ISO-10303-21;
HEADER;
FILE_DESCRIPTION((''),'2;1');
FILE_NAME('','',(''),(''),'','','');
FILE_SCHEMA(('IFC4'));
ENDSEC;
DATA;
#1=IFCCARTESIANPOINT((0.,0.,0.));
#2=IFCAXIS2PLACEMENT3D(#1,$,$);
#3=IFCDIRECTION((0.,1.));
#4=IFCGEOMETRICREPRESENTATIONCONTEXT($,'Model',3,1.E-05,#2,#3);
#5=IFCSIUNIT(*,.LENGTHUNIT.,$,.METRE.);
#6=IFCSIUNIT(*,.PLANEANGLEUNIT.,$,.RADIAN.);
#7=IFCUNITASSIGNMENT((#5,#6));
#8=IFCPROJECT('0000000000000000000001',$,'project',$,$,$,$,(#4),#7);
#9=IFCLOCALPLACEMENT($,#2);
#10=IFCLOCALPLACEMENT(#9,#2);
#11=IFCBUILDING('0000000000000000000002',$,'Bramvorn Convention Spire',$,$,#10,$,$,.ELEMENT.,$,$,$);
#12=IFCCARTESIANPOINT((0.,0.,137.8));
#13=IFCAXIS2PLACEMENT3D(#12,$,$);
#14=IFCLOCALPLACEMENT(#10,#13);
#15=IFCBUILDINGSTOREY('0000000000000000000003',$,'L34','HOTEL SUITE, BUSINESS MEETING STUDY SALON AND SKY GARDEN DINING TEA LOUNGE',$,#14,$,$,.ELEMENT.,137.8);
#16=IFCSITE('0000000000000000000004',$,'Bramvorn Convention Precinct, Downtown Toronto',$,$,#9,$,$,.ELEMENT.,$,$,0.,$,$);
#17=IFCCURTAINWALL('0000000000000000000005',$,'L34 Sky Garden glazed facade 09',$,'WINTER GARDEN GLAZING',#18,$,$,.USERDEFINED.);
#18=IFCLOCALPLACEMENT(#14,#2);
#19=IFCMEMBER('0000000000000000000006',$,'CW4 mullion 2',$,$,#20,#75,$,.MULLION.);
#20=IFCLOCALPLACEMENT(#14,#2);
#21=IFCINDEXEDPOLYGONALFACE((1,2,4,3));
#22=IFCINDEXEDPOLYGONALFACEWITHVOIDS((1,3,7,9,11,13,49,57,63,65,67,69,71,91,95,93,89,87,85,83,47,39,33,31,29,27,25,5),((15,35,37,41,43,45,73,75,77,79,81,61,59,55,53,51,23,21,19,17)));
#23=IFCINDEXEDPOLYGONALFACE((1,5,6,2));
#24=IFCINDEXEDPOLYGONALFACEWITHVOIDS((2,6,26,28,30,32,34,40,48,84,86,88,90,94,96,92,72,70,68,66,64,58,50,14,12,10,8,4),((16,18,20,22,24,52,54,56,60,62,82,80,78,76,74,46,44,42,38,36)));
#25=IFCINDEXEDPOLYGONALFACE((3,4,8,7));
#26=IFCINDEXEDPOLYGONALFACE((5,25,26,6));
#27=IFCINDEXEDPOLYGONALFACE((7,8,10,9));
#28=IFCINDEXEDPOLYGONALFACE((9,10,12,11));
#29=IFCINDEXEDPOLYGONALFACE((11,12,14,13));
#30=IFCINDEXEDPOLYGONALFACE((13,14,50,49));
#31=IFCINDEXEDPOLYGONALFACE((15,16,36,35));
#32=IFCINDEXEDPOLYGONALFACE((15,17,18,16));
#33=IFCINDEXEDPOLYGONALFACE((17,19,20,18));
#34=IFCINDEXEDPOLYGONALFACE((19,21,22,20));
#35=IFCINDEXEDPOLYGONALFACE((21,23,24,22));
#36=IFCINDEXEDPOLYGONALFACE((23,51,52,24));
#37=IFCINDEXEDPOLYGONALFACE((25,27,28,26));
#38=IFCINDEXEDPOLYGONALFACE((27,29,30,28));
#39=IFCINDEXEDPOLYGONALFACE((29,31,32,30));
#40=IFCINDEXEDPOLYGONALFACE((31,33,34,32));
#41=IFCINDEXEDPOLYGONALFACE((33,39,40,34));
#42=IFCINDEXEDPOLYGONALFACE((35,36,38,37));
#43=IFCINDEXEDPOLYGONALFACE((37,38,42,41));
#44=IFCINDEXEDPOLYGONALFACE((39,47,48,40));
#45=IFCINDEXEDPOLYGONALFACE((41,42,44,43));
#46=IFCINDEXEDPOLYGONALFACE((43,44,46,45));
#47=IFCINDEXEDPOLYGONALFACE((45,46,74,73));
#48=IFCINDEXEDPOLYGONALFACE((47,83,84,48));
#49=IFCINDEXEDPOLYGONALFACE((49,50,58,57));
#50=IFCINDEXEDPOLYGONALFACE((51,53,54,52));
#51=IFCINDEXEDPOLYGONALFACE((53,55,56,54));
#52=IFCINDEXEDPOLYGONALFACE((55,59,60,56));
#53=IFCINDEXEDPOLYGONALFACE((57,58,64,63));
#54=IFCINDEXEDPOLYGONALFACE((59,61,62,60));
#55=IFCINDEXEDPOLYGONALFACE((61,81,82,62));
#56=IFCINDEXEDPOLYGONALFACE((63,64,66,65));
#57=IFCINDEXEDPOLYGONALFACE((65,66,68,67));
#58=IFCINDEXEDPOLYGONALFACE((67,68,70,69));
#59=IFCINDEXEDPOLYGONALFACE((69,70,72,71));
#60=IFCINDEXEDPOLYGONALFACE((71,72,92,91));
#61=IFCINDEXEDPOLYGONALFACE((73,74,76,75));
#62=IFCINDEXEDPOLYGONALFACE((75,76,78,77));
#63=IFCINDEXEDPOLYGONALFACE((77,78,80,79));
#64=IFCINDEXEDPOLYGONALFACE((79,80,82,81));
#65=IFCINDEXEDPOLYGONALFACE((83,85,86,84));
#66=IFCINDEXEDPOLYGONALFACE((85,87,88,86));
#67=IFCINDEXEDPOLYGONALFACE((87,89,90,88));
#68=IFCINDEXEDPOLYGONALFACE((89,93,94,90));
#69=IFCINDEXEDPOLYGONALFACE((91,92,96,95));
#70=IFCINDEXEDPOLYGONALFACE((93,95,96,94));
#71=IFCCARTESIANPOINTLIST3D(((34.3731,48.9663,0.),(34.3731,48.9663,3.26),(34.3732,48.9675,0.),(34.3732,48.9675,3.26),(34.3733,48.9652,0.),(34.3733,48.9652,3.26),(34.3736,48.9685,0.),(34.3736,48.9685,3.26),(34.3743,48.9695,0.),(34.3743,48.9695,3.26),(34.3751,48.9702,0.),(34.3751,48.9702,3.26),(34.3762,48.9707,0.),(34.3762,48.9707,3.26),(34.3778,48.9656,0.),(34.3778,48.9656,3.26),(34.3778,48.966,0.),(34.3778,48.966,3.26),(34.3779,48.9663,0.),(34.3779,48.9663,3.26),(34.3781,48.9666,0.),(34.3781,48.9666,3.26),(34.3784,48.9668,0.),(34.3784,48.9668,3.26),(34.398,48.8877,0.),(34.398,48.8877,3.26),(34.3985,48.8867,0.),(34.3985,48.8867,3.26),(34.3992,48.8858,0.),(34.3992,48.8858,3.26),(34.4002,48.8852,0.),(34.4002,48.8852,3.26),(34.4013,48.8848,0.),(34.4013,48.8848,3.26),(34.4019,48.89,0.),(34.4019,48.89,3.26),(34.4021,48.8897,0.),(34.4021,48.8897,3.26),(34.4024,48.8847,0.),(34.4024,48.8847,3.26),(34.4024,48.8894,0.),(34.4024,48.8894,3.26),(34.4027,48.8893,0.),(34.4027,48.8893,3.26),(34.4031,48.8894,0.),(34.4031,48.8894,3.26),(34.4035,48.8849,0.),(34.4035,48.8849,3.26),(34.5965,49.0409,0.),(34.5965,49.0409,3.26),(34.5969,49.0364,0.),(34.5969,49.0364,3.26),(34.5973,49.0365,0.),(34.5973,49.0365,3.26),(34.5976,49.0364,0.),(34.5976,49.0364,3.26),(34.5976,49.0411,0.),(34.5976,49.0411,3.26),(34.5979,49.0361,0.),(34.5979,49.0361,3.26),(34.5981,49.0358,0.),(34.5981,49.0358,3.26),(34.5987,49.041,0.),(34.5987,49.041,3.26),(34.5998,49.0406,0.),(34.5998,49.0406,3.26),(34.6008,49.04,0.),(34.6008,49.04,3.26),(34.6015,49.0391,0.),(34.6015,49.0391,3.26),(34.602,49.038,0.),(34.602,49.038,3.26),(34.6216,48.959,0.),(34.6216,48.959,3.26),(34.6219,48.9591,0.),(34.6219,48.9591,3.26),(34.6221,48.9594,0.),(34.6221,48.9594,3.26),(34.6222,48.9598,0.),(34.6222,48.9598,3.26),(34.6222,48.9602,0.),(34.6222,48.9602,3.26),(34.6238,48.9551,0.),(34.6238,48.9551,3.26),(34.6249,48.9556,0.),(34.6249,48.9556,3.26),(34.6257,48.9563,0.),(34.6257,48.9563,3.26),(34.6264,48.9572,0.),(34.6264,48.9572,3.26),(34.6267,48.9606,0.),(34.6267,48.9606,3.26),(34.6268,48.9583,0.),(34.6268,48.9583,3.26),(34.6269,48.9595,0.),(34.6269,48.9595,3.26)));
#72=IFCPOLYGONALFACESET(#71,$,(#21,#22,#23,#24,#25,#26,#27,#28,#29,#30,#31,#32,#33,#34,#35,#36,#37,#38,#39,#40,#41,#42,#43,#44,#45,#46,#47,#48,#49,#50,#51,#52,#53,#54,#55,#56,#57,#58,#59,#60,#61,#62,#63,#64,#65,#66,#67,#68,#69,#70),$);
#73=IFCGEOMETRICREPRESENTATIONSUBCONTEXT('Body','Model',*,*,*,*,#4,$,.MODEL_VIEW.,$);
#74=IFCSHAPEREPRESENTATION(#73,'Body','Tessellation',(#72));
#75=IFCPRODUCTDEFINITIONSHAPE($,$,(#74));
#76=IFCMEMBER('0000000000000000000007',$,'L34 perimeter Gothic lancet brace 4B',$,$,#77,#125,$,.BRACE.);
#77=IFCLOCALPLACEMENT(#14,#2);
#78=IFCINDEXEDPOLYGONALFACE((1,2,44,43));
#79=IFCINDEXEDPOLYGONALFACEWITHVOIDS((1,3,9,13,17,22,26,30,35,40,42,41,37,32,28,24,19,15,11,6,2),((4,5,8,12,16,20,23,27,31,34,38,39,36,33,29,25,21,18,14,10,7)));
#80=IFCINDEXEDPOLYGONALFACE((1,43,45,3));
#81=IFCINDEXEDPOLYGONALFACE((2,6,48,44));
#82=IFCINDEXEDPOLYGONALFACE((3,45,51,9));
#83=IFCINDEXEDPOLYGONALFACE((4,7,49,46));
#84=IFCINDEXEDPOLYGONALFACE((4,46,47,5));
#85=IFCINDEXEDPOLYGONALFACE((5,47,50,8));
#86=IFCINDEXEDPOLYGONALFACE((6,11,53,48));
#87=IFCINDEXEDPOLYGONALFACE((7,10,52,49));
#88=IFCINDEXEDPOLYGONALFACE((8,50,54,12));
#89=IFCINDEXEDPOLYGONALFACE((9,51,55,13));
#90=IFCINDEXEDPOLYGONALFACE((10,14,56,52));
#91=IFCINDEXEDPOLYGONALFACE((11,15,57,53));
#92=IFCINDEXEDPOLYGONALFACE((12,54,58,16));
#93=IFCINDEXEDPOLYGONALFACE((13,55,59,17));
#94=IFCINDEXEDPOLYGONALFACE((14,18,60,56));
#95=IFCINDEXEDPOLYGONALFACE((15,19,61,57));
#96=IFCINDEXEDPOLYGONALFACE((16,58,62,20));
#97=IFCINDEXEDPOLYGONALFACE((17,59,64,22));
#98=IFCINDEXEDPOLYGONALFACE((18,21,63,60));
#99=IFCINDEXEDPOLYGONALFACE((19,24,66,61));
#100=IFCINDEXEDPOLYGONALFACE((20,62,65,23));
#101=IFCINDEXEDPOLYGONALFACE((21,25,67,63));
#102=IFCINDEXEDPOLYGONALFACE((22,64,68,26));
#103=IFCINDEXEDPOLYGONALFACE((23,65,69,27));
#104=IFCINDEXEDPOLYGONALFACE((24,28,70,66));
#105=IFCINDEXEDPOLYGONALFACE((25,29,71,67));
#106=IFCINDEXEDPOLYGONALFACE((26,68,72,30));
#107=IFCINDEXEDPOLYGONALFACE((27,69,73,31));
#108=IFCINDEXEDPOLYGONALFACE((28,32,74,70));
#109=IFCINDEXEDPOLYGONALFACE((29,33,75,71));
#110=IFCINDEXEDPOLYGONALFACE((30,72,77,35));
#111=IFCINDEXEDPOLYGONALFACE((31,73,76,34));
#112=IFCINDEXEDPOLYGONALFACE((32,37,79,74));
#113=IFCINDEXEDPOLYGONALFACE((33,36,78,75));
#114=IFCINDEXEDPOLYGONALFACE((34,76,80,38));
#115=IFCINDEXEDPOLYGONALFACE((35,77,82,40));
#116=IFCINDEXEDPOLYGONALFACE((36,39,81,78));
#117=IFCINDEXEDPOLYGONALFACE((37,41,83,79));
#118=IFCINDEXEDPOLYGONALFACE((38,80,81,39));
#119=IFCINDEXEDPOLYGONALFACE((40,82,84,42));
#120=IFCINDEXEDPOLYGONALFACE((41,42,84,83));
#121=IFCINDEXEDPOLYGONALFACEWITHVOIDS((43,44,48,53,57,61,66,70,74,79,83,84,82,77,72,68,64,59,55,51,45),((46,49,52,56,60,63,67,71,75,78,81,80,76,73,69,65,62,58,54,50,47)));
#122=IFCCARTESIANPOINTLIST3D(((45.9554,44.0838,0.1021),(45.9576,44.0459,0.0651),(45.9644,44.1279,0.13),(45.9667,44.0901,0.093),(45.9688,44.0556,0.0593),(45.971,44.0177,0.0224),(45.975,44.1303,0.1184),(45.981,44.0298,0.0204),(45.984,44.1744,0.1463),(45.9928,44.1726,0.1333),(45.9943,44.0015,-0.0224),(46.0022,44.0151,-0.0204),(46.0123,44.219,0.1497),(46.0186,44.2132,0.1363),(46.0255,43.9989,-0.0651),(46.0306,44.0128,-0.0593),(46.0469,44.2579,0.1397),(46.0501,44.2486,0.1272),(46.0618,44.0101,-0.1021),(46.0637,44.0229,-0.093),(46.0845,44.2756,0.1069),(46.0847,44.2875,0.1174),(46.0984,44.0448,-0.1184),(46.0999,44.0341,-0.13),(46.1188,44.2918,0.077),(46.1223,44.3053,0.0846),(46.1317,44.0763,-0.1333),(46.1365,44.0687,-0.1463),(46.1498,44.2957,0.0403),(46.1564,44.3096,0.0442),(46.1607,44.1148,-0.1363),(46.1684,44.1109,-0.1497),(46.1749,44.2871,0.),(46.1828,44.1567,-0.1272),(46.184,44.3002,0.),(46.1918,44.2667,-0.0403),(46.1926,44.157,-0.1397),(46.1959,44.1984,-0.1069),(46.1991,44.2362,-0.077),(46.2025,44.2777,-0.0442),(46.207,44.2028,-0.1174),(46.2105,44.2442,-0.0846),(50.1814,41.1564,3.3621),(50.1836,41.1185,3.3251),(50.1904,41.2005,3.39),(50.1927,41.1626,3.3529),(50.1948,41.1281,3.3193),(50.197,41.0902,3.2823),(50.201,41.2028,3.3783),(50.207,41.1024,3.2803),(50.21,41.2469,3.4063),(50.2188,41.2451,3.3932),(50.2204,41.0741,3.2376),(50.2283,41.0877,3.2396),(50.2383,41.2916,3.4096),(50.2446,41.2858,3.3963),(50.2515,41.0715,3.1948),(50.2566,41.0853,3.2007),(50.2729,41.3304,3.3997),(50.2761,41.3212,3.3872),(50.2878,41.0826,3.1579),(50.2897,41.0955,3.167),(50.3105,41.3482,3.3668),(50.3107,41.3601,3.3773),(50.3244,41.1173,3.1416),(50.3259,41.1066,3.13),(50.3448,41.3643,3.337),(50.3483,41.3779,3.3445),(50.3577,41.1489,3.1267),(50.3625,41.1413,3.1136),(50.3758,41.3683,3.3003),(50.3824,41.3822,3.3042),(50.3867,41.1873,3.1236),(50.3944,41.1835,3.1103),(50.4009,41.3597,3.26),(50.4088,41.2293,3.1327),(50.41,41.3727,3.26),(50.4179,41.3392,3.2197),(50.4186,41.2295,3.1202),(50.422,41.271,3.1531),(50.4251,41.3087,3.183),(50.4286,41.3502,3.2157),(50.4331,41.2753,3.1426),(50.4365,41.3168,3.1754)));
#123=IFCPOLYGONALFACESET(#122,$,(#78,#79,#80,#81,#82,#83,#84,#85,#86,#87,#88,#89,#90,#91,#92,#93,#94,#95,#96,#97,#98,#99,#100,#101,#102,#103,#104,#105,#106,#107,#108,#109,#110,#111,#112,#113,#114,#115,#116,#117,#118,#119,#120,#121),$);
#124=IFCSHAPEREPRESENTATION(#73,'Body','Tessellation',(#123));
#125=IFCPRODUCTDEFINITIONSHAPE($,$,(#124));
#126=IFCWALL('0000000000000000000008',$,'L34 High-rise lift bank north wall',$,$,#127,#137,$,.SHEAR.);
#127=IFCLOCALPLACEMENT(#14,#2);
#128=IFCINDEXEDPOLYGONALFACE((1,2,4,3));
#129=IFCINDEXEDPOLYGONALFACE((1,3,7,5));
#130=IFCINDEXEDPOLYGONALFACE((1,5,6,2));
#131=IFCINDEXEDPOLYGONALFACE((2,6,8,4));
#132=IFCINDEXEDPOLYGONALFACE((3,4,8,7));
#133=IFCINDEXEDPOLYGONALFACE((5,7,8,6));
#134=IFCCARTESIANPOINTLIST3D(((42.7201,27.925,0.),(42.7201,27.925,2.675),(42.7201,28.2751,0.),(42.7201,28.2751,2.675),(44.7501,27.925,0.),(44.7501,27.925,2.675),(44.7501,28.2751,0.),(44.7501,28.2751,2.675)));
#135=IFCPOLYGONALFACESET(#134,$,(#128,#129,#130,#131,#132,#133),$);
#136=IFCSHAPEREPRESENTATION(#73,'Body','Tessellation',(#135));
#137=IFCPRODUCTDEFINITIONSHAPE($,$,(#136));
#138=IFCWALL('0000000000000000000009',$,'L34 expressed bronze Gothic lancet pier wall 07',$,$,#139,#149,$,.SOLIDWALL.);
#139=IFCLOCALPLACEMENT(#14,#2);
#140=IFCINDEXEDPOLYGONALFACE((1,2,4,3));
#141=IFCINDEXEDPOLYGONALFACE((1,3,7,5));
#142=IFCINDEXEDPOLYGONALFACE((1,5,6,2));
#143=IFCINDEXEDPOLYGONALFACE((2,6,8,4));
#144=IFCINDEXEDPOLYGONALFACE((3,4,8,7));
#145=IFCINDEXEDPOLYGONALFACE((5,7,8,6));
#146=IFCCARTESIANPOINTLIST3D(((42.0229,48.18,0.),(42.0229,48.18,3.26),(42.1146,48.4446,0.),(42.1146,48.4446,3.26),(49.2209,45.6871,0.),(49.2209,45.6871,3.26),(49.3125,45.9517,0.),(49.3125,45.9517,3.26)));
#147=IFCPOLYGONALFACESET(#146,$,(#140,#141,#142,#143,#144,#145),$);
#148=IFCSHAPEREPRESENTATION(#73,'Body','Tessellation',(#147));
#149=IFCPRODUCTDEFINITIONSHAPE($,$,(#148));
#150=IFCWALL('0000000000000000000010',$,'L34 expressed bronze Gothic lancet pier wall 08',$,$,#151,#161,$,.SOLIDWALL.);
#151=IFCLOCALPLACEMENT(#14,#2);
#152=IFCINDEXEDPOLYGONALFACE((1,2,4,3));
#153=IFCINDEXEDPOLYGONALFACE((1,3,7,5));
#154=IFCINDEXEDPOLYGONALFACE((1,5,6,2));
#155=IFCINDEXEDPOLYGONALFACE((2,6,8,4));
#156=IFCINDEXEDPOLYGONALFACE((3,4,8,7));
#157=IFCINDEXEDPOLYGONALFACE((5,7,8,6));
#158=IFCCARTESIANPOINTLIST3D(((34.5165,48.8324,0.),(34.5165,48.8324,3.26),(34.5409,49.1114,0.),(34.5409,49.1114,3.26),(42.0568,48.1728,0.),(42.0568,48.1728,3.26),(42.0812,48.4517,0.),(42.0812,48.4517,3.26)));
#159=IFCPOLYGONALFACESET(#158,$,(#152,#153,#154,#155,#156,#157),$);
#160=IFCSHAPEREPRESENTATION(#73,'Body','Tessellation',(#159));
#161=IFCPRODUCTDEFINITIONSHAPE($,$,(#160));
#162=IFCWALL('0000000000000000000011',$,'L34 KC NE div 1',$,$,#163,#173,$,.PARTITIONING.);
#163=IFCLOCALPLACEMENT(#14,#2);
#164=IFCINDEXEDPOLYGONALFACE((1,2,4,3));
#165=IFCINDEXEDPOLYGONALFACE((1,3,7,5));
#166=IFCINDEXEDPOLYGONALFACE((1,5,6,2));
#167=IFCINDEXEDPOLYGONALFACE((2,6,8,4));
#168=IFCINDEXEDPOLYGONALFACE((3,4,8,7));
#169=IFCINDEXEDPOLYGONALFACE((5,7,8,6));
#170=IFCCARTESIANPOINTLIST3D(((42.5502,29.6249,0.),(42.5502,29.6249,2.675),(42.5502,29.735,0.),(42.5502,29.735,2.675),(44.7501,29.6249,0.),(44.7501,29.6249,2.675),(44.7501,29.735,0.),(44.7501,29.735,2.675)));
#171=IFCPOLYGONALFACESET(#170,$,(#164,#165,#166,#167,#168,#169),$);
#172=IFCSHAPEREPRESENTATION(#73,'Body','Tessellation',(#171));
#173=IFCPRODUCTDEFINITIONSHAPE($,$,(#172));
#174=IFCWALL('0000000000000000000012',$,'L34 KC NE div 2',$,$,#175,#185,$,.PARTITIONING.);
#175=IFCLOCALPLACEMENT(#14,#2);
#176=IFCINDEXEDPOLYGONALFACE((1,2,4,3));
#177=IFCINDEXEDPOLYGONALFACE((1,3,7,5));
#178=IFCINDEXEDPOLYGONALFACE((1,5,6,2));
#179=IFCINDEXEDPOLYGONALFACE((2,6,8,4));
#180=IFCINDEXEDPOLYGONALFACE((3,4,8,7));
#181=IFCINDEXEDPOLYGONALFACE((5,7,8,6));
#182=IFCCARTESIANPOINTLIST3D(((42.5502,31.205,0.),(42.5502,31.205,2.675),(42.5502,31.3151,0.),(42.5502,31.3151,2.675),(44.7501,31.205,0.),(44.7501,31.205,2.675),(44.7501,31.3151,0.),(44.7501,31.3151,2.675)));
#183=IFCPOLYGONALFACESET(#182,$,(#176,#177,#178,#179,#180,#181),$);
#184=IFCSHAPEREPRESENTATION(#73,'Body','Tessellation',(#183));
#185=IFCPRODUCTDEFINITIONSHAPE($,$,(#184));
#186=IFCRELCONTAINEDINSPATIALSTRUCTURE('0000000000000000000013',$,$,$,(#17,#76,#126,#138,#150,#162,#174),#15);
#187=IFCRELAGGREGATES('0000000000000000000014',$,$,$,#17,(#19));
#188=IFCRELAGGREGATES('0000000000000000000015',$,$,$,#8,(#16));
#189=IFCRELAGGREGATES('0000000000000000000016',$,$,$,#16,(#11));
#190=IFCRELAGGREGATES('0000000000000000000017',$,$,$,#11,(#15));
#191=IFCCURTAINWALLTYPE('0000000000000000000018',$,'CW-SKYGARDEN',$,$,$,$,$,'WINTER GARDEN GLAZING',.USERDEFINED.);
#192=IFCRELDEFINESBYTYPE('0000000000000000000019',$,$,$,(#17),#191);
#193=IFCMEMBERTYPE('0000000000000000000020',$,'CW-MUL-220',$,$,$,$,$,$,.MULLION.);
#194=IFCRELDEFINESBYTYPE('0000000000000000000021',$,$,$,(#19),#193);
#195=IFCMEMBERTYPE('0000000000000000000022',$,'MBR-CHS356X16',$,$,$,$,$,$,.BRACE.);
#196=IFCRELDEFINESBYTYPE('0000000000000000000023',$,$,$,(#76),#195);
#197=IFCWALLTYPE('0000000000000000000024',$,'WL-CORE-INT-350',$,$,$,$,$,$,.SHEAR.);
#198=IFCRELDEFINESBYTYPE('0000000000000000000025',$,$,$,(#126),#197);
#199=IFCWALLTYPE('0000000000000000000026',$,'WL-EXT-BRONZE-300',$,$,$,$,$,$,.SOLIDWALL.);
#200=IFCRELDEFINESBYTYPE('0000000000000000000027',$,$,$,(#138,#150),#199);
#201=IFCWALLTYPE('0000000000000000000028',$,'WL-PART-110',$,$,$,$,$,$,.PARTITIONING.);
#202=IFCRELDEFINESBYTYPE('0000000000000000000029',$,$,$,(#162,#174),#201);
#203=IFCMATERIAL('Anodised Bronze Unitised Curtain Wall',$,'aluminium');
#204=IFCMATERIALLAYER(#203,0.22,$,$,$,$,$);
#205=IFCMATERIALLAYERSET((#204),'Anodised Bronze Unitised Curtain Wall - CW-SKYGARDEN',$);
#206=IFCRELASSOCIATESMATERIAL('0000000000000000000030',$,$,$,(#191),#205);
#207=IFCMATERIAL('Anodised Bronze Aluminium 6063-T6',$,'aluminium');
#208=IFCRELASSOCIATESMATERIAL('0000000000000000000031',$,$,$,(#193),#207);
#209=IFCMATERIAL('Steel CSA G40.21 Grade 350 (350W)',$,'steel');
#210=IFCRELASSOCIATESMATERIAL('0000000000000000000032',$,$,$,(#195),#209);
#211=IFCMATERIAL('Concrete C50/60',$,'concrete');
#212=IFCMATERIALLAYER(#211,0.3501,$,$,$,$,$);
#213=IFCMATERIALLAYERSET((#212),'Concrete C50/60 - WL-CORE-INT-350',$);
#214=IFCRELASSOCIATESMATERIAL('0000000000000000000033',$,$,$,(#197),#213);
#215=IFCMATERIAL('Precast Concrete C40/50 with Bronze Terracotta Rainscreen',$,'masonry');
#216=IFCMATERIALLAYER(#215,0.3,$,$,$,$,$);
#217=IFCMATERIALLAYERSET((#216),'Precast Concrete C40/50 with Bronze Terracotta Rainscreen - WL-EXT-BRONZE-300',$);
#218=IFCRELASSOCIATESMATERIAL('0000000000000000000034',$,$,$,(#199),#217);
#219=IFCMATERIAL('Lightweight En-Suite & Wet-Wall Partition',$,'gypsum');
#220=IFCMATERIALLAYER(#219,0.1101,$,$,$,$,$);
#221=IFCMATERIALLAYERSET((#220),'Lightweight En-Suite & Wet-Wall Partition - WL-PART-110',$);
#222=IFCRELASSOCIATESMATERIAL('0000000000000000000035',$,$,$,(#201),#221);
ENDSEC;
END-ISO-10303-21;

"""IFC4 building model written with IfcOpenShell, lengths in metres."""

from ifc_helpers import new_model, si_unit, direction, frame, frame_2d, origin, origin_2d, place, context, subcontext, project, spatial, rectangle, hollow_rectangle, hollow_circle, extrude, material, layer, layer_set, material_profile, profile_set, type_object, element, aggregate, save


model = new_model("IFC4")

# Units and contexts
model_context = context("Model", 3, precision=1e-05, world=origin(), true_north=direction((0.0, 1.0)))
body_context = subcontext(model_context, "Body", "Model", "MODEL_VIEW")
ifc_project = project(units=[si_unit("LENGTHUNIT", "METRE"), si_unit("PLANEANGLEUNIT", "RADIAN")], contexts=[model_context])

# Site, building, storey
site_placement = place(None, origin())
site = spatial("IfcSite", under=ifc_project, at=site_placement, Name="Bramvorn Convention Precinct, Downtown Toronto", CompositionType="ELEMENT", RefElevation=0.0)
building_placement = place(site_placement, origin())
building = spatial("IfcBuilding", under=site, at=building_placement, Name="Bramvorn Convention Spire", CompositionType="ELEMENT")
storey_placement = place(building_placement, frame((0.0, 0.0, 137.8)))
storey = spatial("IfcBuildingStorey", under=building, at=storey_placement, Name="L34", Description="HOTEL SUITE, BUSINESS MEETING STUDY SALON AND SKY GARDEN DINING TEA LOUNGE", CompositionType="ELEMENT", Elevation=137.8)

# Shared definitions
ifc_material_1 = material(Name="Steel CSA G40.21 Grade 350 (350W)", Category="steel")

# Curtain wall, member
ifc_material_2 = material(Name="Anodised Bronze Unitised Curtain Wall", Category="aluminium")
ifc_layer_1 = layer(ifc_material_2, 0.22)
ifc_layer_set_1 = layer_set([ifc_layer_1], Name="Anodised Bronze Unitised Curtain Wall - CW-SKYGARDEN")
curtain_wall_type = type_object("IfcCurtainWallType", Name="CW-SKYGARDEN", ElementType="WINTER GARDEN GLAZING", PredefinedType="USERDEFINED", material=ifc_layer_set_1)
curtain_wall_placement = place(storey_placement, origin())
curtain_wall = element("IfcCurtainWall", 1, at=curtain_wall_placement, inside=storey, type_object=curtain_wall_type, Name="L34 Sky Garden glazed facade 09", ObjectType="WINTER GARDEN GLAZING", PredefinedType="USERDEFINED")
ifc_material_3 = material(Name="Anodised Bronze Aluminium 6063-T6", Category="aluminium")
ifc_material_profile_1 = material_profile(ifc_material_3, hollow_rectangle(XDim=0.0901, YDim=0.24, WallThickness=0.0044, InnerFilletRadius=0.001, OuterFilletRadius=0.0044, at=origin_2d()))
ifc_profile_set_1 = profile_set([ifc_material_profile_1], Name="Anodised Bronze Aluminium 6063-T6 - CWM90X240")
member_type_1 = type_object("IfcMemberType", Name="CW-MUL-220", PredefinedType="MULLION", material=ifc_profile_set_1)
member_1_placement = place(storey_placement, frame((34.5, 48.9629, 0.0), z_axis=(0.0, 0.0, 1.0), x_axis=(-0.303573, 0.952808, 0.0)))
member_1 = element("IfcMember", 2, at=member_1_placement, type_object=member_type_1, Name="CW4 mullion 2", PredefinedType="MULLION", context=body_context, shape_type="SweptSolid", body=[
    extrude(hollow_rectangle(XDim=0.0901, YDim=0.24, WallThickness=0.0044, InnerFilletRadius=0.001, OuterFilletRadius=0.0044, at=origin_2d()), origin(), (0.0, 0.0, 1.0), 3.26),
])
aggregate(curtain_wall, [member_1])

# Member
ifc_material_profile_2 = material_profile(ifc_material_1, hollow_circle(Radius=0.1777, WallThickness=0.0159, at=origin_2d()))
ifc_profile_set_2 = profile_set([ifc_material_profile_2], Name="Steel CSA G40.21 Grade 350 (350W) - CHS356X16")
member_type_2 = type_object("IfcMemberType", Name="MBR-CHS356X16", PredefinedType="BRACE", material=ifc_profile_set_2)
member_2_placement = place(storey_placement, frame((46.0828, 44.1541, 0.0), z_axis=(0.694222, -0.480902, 0.535526), x_axis=(0.56944, 0.822033, 0.0)))
element("IfcMember", 3, at=member_2_placement, inside=storey, type_object=member_type_2, Name="L34 perimeter Gothic lancet brace 4B", PredefinedType="BRACE", context=body_context, shape_type="SweptSolid", body=[
    extrude(hollow_circle(Radius=0.1777, WallThickness=0.0159, at=origin_2d()), origin(), (0.0, 0.0, 1.0), 6.0874),
])

# Shared definitions
ifc_material_4 = material(Name="Concrete C50/60", Category="concrete")
ifc_layer_2 = layer(ifc_material_4, 0.3501)
ifc_layer_set_2 = layer_set([ifc_layer_2], Name="Concrete C50/60 - WL-CORE-INT-350")
wall_type_1 = type_object("IfcWallType", Name="WL-CORE-INT-350", PredefinedType="SHEAR", material=ifc_layer_set_2)

# Walls
wall_1_placement = place(storey_placement, frame((42.72, 28.1001, 0.0), z_axis=(0.0, 0.0, 1.0), x_axis=(1.0, 0.0, 0.0)))
element("IfcWall", 4, at=wall_1_placement, inside=storey, type_object=wall_type_1, Name="L34 High-rise lift bank north wall", PredefinedType="SHEAR", context=body_context, shape_type="SweptSolid", body=[
    extrude(rectangle(XDim=2.03, YDim=0.3501, at=frame_2d((1.0151, 0.0))), origin(), (0.0, 0.0, 1.0), 2.675),
])
ifc_material_5 = material(Name="Precast Concrete C40/50 with Bronze Terracotta Rainscreen", Category="masonry")
ifc_layer_3 = layer(ifc_material_5, 0.3)
ifc_layer_set_3 = layer_set([ifc_layer_3], Name="Precast Concrete C40/50 with Bronze Terracotta Rainscreen - WL-EXT-BRONZE-300")
wall_type_2 = type_object("IfcWallType", Name="WL-EXT-BRONZE-300", PredefinedType="SOLIDWALL", material=ifc_layer_set_3)
wall_2_placement = place(storey_placement, frame((42.0688, 48.3123, 0.0), z_axis=(0.0, 0.0, 1.0), x_axis=(0.944933, -0.327264, 0.0)))
element("IfcWall", 5, at=wall_2_placement, inside=storey, type_object=wall_type_2, Name="L34 expressed bronze Gothic lancet pier wall 07", PredefinedType="SOLIDWALL", context=body_context, shape_type="SweptSolid", body=[
    extrude(rectangle(XDim=7.6174, YDim=0.28, at=frame_2d((3.8086, 0.0))), origin(), (0.0, 0.0, 1.0), 3.26),
])
wall_3_placement = place(storey_placement, frame((34.5286, 48.9719, 0.0), z_axis=(0.0, 0.0, 1.0), x_axis=(0.996195, -0.087153, 0.0)))
element("IfcWall", 6, at=wall_3_placement, inside=storey, type_object=wall_type_2, Name="L34 expressed bronze Gothic lancet pier wall 08", PredefinedType="SOLIDWALL", context=body_context, shape_type="SweptSolid", body=[
    extrude(rectangle(XDim=7.5691, YDim=0.28, at=frame_2d((3.7847, 0.0))), origin(), (0.0, 0.0, 1.0), 3.26),
])
ifc_material_6 = material(Name="Lightweight En-Suite & Wet-Wall Partition", Category="gypsum")
ifc_layer_4 = layer(ifc_material_6, 0.1101)
ifc_layer_set_4 = layer_set([ifc_layer_4], Name="Lightweight En-Suite & Wet-Wall Partition - WL-PART-110")
wall_type_3 = type_object("IfcWallType", Name="WL-PART-110", PredefinedType="PARTITIONING", material=ifc_layer_set_4)
for number, where, z_axis, x_axis, name in (
    (7, (42.55, 29.6799, 0.0), (0.0, 0.0, 1.0), (1.0, 0.0, 0.0), "L34 KC NE div 1"),
    (8, (42.55, 31.26, 0.0), (0.0, 0.0, 1.0), (1.0, 0.0, 0.0), "L34 KC NE div 2"),
):
    element("IfcWall", number, at=place(storey_placement, frame(where, z_axis=z_axis, x_axis=x_axis)), inside=storey, type_object=wall_type_3, Name=name, PredefinedType="PARTITIONING", context=body_context, shape_type="SweptSolid", body=[
        extrude(rectangle(XDim=2.2, YDim=0.1101, at=frame_2d((1.1001, 0.0))), origin(), (0.0, 0.0, 1.0), 2.675),
    ])

save(model, "model.ifc")
